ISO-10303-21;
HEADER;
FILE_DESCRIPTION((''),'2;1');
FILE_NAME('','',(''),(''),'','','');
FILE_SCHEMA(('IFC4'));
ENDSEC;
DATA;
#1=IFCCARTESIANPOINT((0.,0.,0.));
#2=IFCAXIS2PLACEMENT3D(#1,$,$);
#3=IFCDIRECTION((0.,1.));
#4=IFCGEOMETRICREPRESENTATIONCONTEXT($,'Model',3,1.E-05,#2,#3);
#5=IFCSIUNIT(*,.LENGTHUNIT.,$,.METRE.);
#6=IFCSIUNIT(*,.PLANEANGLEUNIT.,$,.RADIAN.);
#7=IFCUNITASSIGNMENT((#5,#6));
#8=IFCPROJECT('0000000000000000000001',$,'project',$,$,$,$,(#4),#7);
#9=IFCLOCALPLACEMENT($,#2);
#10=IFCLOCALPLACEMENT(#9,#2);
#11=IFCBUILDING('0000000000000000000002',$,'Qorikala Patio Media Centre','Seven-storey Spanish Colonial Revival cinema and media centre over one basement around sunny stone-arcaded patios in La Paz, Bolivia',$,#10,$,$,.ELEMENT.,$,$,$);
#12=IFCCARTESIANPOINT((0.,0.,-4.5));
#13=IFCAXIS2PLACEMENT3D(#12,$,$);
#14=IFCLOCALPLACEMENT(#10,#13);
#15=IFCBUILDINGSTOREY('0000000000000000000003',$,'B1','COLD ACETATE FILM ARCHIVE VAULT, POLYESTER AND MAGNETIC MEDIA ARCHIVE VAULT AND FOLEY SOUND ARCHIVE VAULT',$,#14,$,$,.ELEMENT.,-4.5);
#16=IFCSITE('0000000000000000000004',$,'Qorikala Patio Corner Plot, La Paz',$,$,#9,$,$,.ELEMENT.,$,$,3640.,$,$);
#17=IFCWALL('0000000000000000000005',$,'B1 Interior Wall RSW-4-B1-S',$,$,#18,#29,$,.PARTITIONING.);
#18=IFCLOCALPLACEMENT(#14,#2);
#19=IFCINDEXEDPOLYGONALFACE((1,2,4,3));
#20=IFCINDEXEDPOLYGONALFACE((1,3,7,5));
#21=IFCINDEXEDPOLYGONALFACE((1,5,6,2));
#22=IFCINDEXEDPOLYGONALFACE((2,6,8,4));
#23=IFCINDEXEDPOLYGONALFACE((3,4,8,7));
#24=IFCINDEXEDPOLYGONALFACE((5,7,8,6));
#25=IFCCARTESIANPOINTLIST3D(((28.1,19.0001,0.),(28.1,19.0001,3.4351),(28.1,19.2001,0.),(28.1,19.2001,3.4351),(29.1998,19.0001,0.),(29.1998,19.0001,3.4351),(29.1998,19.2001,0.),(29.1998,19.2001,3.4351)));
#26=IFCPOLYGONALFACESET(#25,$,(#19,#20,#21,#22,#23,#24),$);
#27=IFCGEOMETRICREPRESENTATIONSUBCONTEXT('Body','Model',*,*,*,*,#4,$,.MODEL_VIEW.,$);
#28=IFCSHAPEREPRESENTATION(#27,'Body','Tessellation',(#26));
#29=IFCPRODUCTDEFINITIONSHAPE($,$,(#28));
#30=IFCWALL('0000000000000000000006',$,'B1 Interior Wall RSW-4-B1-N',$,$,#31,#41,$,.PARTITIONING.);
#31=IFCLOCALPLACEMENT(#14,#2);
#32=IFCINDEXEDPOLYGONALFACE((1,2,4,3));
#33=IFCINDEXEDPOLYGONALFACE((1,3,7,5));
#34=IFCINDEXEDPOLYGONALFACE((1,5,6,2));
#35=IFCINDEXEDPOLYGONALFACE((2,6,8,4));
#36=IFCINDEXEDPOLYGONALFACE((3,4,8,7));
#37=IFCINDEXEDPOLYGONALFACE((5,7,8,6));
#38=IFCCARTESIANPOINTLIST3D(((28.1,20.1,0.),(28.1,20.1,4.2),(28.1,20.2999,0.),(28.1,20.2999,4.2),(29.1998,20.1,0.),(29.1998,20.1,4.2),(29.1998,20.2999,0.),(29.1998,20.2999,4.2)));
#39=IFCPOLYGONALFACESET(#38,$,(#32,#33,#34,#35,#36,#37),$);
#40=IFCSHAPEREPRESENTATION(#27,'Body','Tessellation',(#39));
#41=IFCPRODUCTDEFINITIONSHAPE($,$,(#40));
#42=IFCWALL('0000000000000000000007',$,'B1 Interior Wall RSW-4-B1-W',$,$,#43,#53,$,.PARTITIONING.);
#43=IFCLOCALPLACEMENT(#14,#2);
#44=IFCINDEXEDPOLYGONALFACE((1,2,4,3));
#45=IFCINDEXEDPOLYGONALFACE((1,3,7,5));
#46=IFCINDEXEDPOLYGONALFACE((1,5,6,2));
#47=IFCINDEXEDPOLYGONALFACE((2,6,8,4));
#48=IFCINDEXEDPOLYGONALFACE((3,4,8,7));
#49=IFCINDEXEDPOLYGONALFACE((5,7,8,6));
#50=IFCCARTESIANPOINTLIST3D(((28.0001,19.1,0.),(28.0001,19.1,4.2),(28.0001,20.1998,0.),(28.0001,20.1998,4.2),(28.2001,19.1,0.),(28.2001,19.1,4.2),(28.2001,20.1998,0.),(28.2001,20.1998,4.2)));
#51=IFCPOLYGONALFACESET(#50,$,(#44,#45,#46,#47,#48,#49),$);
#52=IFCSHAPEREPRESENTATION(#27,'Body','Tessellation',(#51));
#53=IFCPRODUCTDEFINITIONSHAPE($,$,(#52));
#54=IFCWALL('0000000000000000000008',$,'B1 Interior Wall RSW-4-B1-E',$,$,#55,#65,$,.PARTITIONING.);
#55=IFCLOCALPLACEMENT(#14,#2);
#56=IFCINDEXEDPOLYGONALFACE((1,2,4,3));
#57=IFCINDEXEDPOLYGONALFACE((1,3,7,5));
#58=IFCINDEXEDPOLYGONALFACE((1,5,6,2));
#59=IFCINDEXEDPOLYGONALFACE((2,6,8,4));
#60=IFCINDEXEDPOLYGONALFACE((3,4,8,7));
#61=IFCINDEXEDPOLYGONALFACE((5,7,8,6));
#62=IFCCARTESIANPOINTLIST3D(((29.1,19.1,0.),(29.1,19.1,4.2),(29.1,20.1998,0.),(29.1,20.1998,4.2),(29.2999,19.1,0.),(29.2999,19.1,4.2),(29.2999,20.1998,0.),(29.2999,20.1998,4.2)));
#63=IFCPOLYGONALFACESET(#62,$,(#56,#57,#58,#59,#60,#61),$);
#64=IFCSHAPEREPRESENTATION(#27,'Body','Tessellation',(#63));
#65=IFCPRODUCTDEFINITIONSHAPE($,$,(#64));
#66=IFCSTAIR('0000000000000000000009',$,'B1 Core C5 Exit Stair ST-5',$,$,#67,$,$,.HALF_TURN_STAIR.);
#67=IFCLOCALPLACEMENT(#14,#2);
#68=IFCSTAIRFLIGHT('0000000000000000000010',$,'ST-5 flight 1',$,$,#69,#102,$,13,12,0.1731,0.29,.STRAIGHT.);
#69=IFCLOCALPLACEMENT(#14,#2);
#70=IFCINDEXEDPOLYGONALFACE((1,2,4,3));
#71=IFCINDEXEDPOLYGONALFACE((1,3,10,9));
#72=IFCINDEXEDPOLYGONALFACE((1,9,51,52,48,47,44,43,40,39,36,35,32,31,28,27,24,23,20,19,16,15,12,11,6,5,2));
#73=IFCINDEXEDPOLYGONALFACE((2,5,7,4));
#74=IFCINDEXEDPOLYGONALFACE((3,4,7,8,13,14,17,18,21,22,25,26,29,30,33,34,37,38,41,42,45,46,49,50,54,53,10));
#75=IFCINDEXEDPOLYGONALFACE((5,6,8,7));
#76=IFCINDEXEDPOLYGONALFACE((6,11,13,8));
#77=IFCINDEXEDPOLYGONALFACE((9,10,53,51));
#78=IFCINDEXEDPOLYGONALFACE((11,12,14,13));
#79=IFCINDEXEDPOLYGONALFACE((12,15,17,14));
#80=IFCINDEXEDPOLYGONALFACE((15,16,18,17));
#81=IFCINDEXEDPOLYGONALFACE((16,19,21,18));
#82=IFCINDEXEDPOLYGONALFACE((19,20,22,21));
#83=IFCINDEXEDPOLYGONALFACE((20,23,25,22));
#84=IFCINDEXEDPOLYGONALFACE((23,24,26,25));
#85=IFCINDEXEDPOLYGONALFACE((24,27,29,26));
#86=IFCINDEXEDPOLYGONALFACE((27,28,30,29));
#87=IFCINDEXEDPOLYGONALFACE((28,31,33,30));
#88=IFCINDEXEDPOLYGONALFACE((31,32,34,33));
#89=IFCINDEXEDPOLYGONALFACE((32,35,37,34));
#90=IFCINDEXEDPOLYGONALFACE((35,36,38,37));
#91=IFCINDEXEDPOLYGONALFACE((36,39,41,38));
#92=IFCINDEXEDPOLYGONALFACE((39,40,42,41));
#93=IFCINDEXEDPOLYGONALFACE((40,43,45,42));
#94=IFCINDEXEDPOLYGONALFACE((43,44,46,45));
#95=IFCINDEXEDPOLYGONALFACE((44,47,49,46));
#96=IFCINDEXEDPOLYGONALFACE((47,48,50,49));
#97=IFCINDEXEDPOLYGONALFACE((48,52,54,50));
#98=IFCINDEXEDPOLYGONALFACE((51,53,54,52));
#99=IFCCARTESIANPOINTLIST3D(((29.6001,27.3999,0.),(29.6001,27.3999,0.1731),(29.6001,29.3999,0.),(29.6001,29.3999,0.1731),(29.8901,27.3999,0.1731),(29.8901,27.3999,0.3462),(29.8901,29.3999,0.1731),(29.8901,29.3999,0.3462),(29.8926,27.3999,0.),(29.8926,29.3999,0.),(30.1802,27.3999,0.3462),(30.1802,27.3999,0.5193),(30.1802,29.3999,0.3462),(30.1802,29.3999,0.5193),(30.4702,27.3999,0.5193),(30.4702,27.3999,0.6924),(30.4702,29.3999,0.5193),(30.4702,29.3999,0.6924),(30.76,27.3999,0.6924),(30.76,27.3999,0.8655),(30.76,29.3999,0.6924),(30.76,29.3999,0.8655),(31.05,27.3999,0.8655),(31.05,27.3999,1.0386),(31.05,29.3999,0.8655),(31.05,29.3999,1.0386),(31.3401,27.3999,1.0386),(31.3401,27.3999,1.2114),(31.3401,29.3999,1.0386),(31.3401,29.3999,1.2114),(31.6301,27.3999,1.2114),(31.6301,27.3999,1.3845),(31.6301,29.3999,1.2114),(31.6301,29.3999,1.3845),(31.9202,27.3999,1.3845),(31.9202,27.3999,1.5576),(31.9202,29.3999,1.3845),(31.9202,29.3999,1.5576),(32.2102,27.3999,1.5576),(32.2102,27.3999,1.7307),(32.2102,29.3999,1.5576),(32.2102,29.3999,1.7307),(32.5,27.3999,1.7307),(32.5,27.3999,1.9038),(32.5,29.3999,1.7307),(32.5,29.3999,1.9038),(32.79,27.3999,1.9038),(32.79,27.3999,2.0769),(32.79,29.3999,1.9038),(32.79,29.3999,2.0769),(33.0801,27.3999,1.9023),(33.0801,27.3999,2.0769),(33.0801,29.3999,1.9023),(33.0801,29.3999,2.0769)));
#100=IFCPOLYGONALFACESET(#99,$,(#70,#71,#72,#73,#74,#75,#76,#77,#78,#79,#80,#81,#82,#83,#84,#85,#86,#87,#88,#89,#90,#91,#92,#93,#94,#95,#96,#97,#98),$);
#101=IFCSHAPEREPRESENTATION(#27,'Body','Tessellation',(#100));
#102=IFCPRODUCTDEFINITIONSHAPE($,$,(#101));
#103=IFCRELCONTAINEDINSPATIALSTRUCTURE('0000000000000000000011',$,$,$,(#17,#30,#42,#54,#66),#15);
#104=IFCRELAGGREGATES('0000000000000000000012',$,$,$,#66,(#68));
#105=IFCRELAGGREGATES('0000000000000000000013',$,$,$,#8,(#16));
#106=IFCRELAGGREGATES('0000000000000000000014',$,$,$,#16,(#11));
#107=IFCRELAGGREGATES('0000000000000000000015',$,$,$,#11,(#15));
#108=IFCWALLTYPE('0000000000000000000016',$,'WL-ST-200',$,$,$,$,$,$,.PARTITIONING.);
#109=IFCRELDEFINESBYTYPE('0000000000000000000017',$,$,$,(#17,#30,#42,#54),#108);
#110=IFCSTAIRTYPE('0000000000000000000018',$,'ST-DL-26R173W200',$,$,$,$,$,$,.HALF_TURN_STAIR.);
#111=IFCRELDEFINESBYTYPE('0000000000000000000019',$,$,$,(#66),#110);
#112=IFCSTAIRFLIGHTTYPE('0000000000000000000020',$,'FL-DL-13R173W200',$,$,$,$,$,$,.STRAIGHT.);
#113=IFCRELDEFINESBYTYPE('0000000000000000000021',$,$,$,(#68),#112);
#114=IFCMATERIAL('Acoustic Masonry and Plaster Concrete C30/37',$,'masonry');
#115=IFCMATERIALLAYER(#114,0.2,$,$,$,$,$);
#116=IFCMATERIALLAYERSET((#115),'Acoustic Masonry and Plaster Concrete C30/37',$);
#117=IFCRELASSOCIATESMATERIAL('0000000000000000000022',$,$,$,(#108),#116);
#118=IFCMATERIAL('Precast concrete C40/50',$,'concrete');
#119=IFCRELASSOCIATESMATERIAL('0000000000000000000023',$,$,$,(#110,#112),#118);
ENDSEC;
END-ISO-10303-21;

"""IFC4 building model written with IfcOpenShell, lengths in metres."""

from ifc_helpers import new_model, si_unit, direction, frame, frame_2d, origin, place, context, subcontext, project, spatial, polyline, rectangle, outline, extrude, material, layer, layer_set, type_object, element, aggregate, save


model = new_model("IFC4")

# Units and contexts
model_context = context("Model", 3, precision=1e-05, world=origin(), true_north=direction((0.0, 1.0)))
body_context = subcontext(model_context, "Body", "Model", "MODEL_VIEW")
ifc_project = project(units=[si_unit("LENGTHUNIT", "METRE"), si_unit("PLANEANGLEUNIT", "RADIAN")], contexts=[model_context])

# Site, building, storey
site_placement = place(None, origin())
site = spatial("IfcSite", under=ifc_project, at=site_placement, Name="Qorikala Patio Corner Plot, La Paz", CompositionType="ELEMENT", RefElevation=3640.0)
building_placement = place(site_placement, origin())
building = spatial("IfcBuilding", under=site, at=building_placement, Name="Qorikala Patio Media Centre", Description="Seven-storey Spanish Colonial Revival cinema and media centre over one basement around sunny stone-arcaded patios in La Paz, Bolivia", CompositionType="ELEMENT")
storey_placement = place(building_placement, frame((0.0, 0.0, -4.5)))
storey = spatial("IfcBuildingStorey", under=building, at=storey_placement, Name="B1", Description="COLD ACETATE FILM ARCHIVE VAULT, POLYESTER AND MAGNETIC MEDIA ARCHIVE VAULT AND FOLEY SOUND ARCHIVE VAULT", CompositionType="ELEMENT", Elevation=-4.5)

# Walls
ifc_material_1 = material(Name="Acoustic Masonry and Plaster Concrete C30/37", Category="masonry")
ifc_layer_1 = layer(ifc_material_1, 0.2)
ifc_layer_set_1 = layer_set([ifc_layer_1], Name="Acoustic Masonry and Plaster Concrete C30/37")
wall_type_1 = type_object("IfcWallType", Name="WL-ST-200", PredefinedType="PARTITIONING", material=ifc_layer_set_1)
wall_1_placement = place(storey_placement, frame((28.1001, 19.1001, 0.0), z_axis=(0.0, 0.0, 1.0), x_axis=(1.0, 0.0, 0.0)))
element("IfcWall", 1, at=wall_1_placement, inside=storey, type_object=wall_type_1, Name="B1 Interior Wall RSW-4-B1-S", PredefinedType="PARTITIONING", context=body_context, shape_type="SweptSolid", body=[
    extrude(rectangle(XDim=1.0999, YDim=0.2, at=frame_2d((0.5498, 0.0))), origin(), (0.0, 0.0, 1.0), 3.4351),
])
for number, where, z_axis, x_axis, name in (
    (2, (28.1001, 20.2, 0.0), (0.0, 0.0, 1.0), (1.0, 0.0, 0.0), "B1 Interior Wall RSW-4-B1-N"),
    (3, (28.1001, 19.1001, 0.0), (0.0, 0.0, 1.0), (0.0, 1.0, 0.0), "B1 Interior Wall RSW-4-B1-W"),
    (4, (29.2, 19.1001, 0.0), (0.0, 0.0, 1.0), (0.0, 1.0, 0.0), "B1 Interior Wall RSW-4-B1-E"),
):
    element("IfcWall", number, at=place(storey_placement, frame(where, z_axis=z_axis, x_axis=x_axis)), inside=storey, type_object=wall_type_1, Name=name, PredefinedType="PARTITIONING", context=body_context, shape_type="SweptSolid", body=[
        extrude(rectangle(XDim=1.0999, YDim=0.2, at=frame_2d((0.5498, 0.0))), origin(), (0.0, 0.0, 1.0), 4.2),
    ])

# Stair, stair flight
ifc_material_2 = material(Name="Precast concrete C40/50", Category="concrete")
stair_type = type_object("IfcStairType", Name="ST-DL-26R173W200", PredefinedType="HALF_TURN_STAIR", material=ifc_material_2)
stair_placement = place(storey_placement, origin())
stair = element("IfcStair", 5, at=stair_placement, inside=storey, type_object=stair_type, Name="B1 Core C5 Exit Stair ST-5", PredefinedType="HALF_TURN_STAIR")
stair_flight_type = type_object("IfcStairFlightType", Name="FL-DL-13R173W200", PredefinedType="STRAIGHT", material=ifc_material_2)
stair_flight_placement = place(storey_placement, frame((29.6001, 28.3999, 0.0), z_axis=(0.0, 0.0, 1.0), x_axis=(1.0, 0.0, 0.0)))
stair_flight = element("IfcStairFlight", 6, at=stair_flight_placement, type_object=stair_flight_type, Name="ST-5 flight 1", NumberOfRisers=13, NumberOfTreads=12, PredefinedType="STRAIGHT", RiserHeight=0.1731, TreadLength=0.29, context=body_context, shape_type="SweptSolid", body=[
    extrude(outline(polyline([(0.0, 0.0), (0.0, 0.1731), (0.29, 0.1731), (0.29, 0.3462), (0.5801, 0.3462), (0.5801, 0.5193), (0.8701, 0.5193), (0.8701, 0.6924), (1.1599, 0.6924), (1.1599, 0.8655), (1.45, 0.8655), (1.45, 1.0386), (1.74, 1.0386), (1.74, 1.2114), (2.03, 1.2114), (2.03, 1.3845), (2.3201, 1.3845), (2.3201, 1.5576), (2.6101, 1.5576), (2.6101, 1.7307), (2.8999, 1.7307), (2.8999, 1.9038), (3.1899, 1.9038), (3.1899, 2.0769), (3.48, 2.0769), (3.48, 2.25), (3.48, 1.9023), (0.2925, 0.0), (0.0, 0.0)])), frame((0.0, 1.0, 0.0), z_axis=(0.0, -1.0, 0.0), x_axis=(1.0, 0.0, 0.0)), (0.0, 0.0, 1.0), 2.0),
])
aggregate(stair, [stair_flight])

save(model, "model.ifc")
